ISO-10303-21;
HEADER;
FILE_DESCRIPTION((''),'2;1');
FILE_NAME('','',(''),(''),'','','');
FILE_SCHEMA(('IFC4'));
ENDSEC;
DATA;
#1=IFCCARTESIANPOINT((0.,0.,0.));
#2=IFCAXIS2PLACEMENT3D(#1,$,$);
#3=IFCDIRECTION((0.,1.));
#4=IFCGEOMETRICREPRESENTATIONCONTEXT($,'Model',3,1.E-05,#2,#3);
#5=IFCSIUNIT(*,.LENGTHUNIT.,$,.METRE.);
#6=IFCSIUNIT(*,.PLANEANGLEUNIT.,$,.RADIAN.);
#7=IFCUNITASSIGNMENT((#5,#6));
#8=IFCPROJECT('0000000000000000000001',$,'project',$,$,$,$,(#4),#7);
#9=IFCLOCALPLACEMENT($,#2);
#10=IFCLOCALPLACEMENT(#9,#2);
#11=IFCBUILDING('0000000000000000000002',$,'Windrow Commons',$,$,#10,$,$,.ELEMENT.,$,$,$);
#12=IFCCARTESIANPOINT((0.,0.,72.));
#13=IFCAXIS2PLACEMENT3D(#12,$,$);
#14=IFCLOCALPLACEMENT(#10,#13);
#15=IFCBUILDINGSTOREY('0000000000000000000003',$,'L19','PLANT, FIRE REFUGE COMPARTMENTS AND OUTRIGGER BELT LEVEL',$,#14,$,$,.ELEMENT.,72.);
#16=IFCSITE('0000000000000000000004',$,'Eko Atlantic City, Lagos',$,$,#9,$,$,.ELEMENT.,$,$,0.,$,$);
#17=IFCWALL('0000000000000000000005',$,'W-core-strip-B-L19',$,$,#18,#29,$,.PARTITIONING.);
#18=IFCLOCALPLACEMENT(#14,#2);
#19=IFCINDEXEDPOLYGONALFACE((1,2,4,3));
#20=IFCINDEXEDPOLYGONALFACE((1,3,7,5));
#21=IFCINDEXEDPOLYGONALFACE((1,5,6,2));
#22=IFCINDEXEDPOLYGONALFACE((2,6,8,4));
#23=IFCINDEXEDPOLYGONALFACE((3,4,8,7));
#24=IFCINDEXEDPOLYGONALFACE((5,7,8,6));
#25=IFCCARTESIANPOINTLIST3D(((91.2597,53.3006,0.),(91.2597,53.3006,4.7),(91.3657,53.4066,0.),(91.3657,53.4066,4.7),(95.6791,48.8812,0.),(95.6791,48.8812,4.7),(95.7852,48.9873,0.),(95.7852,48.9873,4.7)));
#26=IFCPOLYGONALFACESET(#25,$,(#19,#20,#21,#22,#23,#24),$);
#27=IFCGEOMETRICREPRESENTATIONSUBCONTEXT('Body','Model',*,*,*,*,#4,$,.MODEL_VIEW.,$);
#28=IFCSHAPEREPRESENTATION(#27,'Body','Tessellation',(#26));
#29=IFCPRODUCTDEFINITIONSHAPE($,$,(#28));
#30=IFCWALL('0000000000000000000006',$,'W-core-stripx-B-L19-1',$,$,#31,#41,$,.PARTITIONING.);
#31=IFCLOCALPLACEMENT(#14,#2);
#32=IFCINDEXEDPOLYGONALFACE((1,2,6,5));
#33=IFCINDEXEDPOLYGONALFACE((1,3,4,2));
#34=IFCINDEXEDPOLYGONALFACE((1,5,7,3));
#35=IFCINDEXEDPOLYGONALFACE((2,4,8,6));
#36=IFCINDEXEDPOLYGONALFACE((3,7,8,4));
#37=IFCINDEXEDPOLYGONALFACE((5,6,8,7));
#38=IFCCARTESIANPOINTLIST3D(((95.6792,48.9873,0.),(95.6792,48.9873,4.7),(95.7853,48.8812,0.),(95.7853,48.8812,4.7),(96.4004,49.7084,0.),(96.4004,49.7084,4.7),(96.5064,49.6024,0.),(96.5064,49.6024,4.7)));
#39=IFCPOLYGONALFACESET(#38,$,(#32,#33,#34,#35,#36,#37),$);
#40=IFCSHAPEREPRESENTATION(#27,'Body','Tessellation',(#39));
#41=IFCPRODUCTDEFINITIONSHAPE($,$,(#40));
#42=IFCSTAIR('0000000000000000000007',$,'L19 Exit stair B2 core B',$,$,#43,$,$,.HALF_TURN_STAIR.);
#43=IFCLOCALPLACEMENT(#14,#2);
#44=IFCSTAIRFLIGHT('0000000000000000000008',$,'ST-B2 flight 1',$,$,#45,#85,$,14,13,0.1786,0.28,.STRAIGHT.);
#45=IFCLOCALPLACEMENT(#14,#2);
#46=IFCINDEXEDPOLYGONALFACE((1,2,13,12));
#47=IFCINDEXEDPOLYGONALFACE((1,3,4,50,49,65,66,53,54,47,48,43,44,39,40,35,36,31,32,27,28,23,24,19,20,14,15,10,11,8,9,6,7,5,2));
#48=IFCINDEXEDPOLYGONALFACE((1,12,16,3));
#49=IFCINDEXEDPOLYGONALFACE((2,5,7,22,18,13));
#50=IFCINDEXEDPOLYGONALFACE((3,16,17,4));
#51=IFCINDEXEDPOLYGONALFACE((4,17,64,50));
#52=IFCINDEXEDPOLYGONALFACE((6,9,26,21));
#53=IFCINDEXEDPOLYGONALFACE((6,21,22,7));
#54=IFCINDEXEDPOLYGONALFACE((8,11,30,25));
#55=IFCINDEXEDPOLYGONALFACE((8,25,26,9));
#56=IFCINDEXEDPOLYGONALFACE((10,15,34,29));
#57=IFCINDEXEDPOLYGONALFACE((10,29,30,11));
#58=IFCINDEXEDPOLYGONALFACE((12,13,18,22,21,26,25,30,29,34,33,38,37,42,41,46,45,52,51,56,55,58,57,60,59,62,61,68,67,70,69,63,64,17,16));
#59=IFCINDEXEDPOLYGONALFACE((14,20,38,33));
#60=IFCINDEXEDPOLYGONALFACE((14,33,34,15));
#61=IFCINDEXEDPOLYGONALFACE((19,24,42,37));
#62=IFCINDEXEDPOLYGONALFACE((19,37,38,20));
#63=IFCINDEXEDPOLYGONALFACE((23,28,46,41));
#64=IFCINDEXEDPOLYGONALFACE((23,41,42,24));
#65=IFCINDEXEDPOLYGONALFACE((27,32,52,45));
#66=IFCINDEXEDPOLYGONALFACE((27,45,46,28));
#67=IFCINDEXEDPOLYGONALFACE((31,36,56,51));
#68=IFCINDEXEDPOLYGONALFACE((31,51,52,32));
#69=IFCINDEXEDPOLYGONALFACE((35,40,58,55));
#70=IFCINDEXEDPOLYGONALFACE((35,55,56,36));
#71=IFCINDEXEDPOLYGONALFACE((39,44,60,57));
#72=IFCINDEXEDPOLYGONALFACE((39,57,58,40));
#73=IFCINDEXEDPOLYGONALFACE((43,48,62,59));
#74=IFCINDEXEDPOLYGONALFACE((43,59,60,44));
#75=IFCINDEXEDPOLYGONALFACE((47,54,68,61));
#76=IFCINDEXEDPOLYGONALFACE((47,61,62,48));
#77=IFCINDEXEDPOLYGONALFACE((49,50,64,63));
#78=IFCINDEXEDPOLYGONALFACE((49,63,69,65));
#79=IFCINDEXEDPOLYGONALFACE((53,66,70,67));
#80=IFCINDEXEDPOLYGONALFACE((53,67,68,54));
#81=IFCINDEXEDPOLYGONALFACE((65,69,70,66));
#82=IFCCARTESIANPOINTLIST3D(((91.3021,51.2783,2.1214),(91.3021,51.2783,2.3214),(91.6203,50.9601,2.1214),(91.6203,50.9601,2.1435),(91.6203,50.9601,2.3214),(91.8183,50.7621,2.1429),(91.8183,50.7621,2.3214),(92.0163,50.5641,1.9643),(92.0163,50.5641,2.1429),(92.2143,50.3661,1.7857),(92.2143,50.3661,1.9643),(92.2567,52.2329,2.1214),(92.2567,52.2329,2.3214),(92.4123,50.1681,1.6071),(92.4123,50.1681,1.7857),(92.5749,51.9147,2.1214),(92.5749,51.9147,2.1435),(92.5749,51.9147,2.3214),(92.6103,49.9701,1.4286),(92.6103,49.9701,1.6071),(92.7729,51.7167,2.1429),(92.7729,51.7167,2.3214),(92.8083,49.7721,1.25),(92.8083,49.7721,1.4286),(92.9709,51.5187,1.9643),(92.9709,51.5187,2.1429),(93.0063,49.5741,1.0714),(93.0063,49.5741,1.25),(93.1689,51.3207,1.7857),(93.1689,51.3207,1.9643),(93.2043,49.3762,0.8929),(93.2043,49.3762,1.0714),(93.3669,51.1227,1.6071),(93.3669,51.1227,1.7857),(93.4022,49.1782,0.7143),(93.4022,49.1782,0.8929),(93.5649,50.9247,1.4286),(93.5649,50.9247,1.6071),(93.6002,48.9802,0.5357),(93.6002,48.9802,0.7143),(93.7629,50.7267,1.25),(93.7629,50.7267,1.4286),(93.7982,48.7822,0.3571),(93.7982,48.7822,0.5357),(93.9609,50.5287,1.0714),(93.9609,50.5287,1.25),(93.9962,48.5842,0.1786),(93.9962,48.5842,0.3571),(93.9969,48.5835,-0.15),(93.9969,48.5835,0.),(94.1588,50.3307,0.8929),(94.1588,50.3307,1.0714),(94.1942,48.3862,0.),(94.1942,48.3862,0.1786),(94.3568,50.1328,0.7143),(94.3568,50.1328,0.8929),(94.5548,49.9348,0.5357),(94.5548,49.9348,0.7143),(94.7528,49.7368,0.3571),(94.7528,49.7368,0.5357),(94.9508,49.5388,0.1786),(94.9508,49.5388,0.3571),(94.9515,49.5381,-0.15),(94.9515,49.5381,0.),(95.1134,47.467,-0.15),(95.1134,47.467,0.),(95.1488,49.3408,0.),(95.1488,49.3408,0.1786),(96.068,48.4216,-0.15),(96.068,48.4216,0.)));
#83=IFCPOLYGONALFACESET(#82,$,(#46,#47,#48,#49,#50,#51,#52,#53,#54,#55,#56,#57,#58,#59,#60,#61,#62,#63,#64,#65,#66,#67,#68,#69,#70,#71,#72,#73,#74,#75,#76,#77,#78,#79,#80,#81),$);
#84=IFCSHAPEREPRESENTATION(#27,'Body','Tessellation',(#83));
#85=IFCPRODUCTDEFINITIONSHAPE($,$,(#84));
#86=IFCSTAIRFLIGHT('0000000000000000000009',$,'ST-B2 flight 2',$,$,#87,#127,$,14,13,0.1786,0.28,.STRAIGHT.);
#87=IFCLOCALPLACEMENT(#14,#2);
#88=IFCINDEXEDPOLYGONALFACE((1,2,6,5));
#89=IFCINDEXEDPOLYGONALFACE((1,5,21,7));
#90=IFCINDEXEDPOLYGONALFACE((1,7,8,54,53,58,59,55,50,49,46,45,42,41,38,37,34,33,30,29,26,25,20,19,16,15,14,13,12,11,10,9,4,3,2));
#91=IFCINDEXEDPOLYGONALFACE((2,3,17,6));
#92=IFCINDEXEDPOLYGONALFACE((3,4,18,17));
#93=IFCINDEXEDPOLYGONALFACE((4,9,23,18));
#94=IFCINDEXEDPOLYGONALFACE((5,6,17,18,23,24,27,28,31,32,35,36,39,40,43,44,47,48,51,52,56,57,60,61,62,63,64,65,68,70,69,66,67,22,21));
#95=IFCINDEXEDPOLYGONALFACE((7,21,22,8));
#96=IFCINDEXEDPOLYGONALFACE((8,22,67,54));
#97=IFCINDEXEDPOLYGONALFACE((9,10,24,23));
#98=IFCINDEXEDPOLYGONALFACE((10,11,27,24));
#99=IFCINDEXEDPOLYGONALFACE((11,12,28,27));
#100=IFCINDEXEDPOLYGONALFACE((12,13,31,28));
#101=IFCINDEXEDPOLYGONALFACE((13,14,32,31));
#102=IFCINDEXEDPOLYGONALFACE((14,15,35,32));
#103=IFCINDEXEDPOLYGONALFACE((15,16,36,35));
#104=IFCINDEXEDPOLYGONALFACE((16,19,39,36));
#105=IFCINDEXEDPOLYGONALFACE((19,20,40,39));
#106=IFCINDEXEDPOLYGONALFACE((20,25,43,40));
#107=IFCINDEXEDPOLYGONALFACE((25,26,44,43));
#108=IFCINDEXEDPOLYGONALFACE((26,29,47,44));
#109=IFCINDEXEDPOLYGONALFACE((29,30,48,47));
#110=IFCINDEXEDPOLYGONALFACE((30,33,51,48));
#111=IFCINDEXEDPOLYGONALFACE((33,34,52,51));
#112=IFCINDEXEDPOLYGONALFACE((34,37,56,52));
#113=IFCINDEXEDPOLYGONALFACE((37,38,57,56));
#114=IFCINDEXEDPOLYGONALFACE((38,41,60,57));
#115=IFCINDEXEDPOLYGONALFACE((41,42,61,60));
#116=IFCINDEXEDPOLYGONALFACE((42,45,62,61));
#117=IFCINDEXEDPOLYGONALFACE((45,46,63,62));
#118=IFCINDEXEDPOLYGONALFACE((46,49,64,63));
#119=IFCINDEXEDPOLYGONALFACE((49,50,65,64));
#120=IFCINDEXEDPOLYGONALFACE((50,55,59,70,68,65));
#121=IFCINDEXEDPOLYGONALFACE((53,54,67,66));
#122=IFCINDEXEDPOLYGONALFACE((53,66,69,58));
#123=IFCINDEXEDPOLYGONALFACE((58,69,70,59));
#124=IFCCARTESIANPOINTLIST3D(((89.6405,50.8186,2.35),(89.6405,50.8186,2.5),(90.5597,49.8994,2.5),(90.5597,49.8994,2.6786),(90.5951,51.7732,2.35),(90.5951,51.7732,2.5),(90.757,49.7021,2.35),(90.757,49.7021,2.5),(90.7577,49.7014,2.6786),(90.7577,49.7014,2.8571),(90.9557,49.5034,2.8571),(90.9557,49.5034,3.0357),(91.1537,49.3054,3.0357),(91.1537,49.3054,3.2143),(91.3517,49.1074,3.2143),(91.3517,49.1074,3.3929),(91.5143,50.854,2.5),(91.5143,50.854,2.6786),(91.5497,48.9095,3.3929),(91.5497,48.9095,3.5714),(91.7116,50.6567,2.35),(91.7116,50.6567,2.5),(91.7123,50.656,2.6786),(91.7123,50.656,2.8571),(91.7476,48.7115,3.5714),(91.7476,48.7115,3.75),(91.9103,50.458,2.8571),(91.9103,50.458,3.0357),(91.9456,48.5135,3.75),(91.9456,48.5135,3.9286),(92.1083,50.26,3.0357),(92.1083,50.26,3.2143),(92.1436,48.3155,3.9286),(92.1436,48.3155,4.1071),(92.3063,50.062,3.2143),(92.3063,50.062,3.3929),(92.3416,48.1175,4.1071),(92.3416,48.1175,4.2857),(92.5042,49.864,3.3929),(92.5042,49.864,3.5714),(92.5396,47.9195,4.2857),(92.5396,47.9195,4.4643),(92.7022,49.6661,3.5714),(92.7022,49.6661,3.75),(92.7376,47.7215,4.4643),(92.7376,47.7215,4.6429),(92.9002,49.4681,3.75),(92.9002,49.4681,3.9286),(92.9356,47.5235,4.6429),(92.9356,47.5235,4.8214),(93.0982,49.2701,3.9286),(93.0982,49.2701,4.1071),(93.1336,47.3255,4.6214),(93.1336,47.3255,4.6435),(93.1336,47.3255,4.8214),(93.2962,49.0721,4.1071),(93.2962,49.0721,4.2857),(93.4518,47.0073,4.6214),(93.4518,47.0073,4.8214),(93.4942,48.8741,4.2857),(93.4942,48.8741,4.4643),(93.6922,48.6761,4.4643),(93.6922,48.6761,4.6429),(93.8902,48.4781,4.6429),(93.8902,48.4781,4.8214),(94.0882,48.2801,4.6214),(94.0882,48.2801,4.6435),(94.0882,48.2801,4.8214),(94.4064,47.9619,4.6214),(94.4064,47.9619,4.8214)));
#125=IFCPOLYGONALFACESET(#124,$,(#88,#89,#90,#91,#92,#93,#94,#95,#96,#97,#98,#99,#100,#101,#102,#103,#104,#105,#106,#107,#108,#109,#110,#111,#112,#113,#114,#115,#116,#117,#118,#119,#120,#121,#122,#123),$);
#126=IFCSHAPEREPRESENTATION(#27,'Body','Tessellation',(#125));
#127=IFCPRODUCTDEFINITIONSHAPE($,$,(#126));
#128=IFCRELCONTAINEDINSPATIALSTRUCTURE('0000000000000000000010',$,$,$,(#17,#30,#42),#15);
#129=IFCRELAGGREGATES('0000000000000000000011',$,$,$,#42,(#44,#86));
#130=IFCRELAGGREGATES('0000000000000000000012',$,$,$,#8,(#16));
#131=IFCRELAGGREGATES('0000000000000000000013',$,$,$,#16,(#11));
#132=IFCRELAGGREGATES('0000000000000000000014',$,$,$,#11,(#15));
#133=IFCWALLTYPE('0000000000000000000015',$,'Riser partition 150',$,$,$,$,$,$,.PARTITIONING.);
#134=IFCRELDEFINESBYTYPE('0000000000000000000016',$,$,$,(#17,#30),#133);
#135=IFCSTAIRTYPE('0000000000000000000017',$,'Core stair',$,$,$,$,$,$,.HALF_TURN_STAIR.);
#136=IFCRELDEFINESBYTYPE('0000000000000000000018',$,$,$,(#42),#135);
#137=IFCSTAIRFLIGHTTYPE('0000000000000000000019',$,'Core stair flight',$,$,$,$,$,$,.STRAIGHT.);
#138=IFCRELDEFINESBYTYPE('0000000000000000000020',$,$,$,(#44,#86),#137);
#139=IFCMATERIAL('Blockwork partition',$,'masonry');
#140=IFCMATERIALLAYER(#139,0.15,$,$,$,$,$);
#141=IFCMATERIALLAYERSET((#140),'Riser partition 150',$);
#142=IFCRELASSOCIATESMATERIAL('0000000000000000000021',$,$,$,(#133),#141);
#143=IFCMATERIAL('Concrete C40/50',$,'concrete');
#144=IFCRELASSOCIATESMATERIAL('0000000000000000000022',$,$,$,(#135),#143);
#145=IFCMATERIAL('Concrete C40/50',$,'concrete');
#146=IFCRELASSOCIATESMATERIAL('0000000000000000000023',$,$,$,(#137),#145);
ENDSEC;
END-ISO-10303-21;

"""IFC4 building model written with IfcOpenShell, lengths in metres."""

from ifc_helpers import new_model, si_unit, direction, frame, frame_2d, origin, place, context, subcontext, project, spatial, polyline, rectangle, outline, extrude, material, layer, layer_set, type_object, element, aggregate, save


model = new_model("IFC4")

# Units and contexts
model_context = context("Model", 3, precision=1e-05, world=origin(), true_north=direction((0.0, 1.0)))
body_context = subcontext(model_context, "Body", "Model", "MODEL_VIEW")
ifc_project = project(units=[si_unit("LENGTHUNIT", "METRE"), si_unit("PLANEANGLEUNIT", "RADIAN")], contexts=[model_context])

# Site, building, storey
site_placement = place(None, origin())
site = spatial("IfcSite", under=ifc_project, at=site_placement, Name="Eko Atlantic City, Lagos", CompositionType="ELEMENT", RefElevation=0.0)
building_placement = place(site_placement, origin())
building = spatial("IfcBuilding", under=site, at=building_placement, Name="Windrow Commons", CompositionType="ELEMENT")
storey_placement = place(building_placement, frame((0.0, 0.0, 72.0)))
storey = spatial("IfcBuildingStorey", under=building, at=storey_placement, Name="L19", Description="PLANT, FIRE REFUGE COMPARTMENTS AND OUTRIGGER BELT LEVEL", CompositionType="ELEMENT", Elevation=72.0)

# Walls
ifc_material_1 = material(Name="Blockwork partition", Category="masonry")
ifc_layer_1 = layer(ifc_material_1, 0.15)
ifc_layer_set_1 = layer_set([ifc_layer_1], Name="Riser partition 150")
wall_type_1 = type_object("IfcWallType", Name="Riser partition 150", PredefinedType="PARTITIONING", material=ifc_layer_set_1)
wall_1_placement = place(storey_placement, frame((91.3127, 53.3536, 0.0), z_axis=(0.0, 0.0, 1.0), x_axis=(0.707115, -0.707099, 0.0)))
element("IfcWall", 1, at=wall_1_placement, inside=storey, type_object=wall_type_1, Name="W-core-strip-B-L19", PredefinedType="PARTITIONING", context=body_context, shape_type="SweptSolid", body=[
    extrude(rectangle(XDim=6.25, YDim=0.15, at=frame_2d((3.125, 0.0))), origin(), (0.0, 0.0, 1.0), 4.7),
])
wall_2_placement = place(storey_placement, frame((95.7322, 48.9342, 0.0), z_axis=(0.0, 0.0, 1.0), x_axis=(0.707107, 0.707107, 0.0)))
element("IfcWall", 2, at=wall_2_placement, inside=storey, type_object=wall_type_1, Name="W-core-stripx-B-L19-1", PredefinedType="PARTITIONING", context=body_context, shape_type="SweptSolid", body=[
    extrude(rectangle(XDim=1.0199, YDim=0.15, at=frame_2d((0.51, 0.0))), origin(), (0.0, 0.0, 1.0), 4.7),
])

# Stair, stair flights
ifc_material_2 = material(Name="Concrete C40/50", Category="concrete")
stair_type = type_object("IfcStairType", Name="Core stair", PredefinedType="HALF_TURN_STAIR", material=ifc_material_2)
stair_placement = place(storey_placement, origin())
stair = element("IfcStair", 3, at=stair_placement, inside=storey, type_object=stair_type, Name="L19 Exit stair B2 core B", PredefinedType="HALF_TURN_STAIR")
ifc_material_3 = material(Name="Concrete C40/50", Category="concrete")
stair_flight_type = type_object("IfcStairFlightType", Name="Core stair flight", PredefinedType="STRAIGHT", material=ifc_material_3)
stair_flight_1_placement = place(storey_placement, frame((94.6715, 48.8635, 0.0), z_axis=(0.0, 0.0, 1.0), x_axis=(-0.707107, 0.707107, 0.0)))
stair_flight_1 = element("IfcStairFlight", 4, at=stair_flight_1_placement, type_object=stair_flight_type, Name="ST-B2 flight 1", NumberOfRisers=14, NumberOfTreads=13, PredefinedType="STRAIGHT", RiserHeight=0.1786, TreadLength=0.28, context=body_context, shape_type="SweptSolid", body=[
    extrude(outline(polyline([(-1.3, -0.15), (-1.3, 0.0), (0.0, 0.0), (0.0, 0.1786), (0.28, 0.1786), (0.28, 0.3571), (0.56, 0.3571), (0.56, 0.5357), (0.84, 0.5357), (0.84, 0.7143), (1.12, 0.7143), (1.12, 0.8929), (1.4, 0.8929), (1.4, 1.0714), (1.68, 1.0714), (1.68, 1.25), (1.96, 1.25), (1.96, 1.4286), (2.24, 1.4286), (2.24, 1.6071), (2.52, 1.6071), (2.52, 1.7857), (2.8, 1.7857), (2.8, 1.9643), (3.08, 1.9643), (3.08, 2.1429), (3.36, 2.1429), (3.36, 2.3214), (3.64, 2.3214), (4.09, 2.3214), (4.09, 2.1214), (3.64, 2.1214), (3.64, 2.1435), (0.279, 0.0), (0.279, -0.15), (-1.3, -0.15)])), frame((0.0, 0.675, 0.0), z_axis=(0.0, -1.0, 0.0), x_axis=(1.0, 0.0, 0.0)), (0.0, 0.0, 1.0), 1.35),
])
stair_flight_2_placement = place(storey_placement, frame((91.037, 50.3767, 2.5), z_axis=(0.0, 0.0, 1.0), x_axis=(0.707107, -0.707107, 0.0)))
stair_flight_2 = element("IfcStairFlight", 5, at=stair_flight_2_placement, type_object=stair_flight_type, Name="ST-B2 flight 2", NumberOfRisers=14, NumberOfTreads=13, PredefinedType="STRAIGHT", RiserHeight=0.1786, TreadLength=0.28, context=body_context, shape_type="SweptSolid", body=[
    extrude(outline(polyline([(-1.3, -0.15), (-1.3, 0.0), (0.0, 0.0), (0.0, 0.1786), (0.28, 0.1786), (0.28, 0.3571), (0.56, 0.3571), (0.56, 0.5357), (0.84, 0.5357), (0.84, 0.7143), (1.12, 0.7143), (1.12, 0.8929), (1.4, 0.8929), (1.4, 1.0714), (1.68, 1.0714), (1.68, 1.25), (1.96, 1.25), (1.96, 1.4286), (2.24, 1.4286), (2.24, 1.6071), (2.52, 1.6071), (2.52, 1.7857), (2.8, 1.7857), (2.8, 1.9643), (3.08, 1.9643), (3.08, 2.1429), (3.36, 2.1429), (3.36, 2.3214), (3.64, 2.3214), (4.09, 2.3214), (4.09, 2.1214), (3.64, 2.1214), (3.64, 2.1435), (0.279, 0.0), (0.279, -0.15), (-1.3, -0.15)])), frame((0.0, 0.675, 0.0), z_axis=(0.0, -1.0, 0.0), x_axis=(1.0, 0.0, 0.0)), (0.0, 0.0, 1.0), 1.35),
])
aggregate(stair, [stair_flight_1, stair_flight_2])

save(model, "model.ifc")
